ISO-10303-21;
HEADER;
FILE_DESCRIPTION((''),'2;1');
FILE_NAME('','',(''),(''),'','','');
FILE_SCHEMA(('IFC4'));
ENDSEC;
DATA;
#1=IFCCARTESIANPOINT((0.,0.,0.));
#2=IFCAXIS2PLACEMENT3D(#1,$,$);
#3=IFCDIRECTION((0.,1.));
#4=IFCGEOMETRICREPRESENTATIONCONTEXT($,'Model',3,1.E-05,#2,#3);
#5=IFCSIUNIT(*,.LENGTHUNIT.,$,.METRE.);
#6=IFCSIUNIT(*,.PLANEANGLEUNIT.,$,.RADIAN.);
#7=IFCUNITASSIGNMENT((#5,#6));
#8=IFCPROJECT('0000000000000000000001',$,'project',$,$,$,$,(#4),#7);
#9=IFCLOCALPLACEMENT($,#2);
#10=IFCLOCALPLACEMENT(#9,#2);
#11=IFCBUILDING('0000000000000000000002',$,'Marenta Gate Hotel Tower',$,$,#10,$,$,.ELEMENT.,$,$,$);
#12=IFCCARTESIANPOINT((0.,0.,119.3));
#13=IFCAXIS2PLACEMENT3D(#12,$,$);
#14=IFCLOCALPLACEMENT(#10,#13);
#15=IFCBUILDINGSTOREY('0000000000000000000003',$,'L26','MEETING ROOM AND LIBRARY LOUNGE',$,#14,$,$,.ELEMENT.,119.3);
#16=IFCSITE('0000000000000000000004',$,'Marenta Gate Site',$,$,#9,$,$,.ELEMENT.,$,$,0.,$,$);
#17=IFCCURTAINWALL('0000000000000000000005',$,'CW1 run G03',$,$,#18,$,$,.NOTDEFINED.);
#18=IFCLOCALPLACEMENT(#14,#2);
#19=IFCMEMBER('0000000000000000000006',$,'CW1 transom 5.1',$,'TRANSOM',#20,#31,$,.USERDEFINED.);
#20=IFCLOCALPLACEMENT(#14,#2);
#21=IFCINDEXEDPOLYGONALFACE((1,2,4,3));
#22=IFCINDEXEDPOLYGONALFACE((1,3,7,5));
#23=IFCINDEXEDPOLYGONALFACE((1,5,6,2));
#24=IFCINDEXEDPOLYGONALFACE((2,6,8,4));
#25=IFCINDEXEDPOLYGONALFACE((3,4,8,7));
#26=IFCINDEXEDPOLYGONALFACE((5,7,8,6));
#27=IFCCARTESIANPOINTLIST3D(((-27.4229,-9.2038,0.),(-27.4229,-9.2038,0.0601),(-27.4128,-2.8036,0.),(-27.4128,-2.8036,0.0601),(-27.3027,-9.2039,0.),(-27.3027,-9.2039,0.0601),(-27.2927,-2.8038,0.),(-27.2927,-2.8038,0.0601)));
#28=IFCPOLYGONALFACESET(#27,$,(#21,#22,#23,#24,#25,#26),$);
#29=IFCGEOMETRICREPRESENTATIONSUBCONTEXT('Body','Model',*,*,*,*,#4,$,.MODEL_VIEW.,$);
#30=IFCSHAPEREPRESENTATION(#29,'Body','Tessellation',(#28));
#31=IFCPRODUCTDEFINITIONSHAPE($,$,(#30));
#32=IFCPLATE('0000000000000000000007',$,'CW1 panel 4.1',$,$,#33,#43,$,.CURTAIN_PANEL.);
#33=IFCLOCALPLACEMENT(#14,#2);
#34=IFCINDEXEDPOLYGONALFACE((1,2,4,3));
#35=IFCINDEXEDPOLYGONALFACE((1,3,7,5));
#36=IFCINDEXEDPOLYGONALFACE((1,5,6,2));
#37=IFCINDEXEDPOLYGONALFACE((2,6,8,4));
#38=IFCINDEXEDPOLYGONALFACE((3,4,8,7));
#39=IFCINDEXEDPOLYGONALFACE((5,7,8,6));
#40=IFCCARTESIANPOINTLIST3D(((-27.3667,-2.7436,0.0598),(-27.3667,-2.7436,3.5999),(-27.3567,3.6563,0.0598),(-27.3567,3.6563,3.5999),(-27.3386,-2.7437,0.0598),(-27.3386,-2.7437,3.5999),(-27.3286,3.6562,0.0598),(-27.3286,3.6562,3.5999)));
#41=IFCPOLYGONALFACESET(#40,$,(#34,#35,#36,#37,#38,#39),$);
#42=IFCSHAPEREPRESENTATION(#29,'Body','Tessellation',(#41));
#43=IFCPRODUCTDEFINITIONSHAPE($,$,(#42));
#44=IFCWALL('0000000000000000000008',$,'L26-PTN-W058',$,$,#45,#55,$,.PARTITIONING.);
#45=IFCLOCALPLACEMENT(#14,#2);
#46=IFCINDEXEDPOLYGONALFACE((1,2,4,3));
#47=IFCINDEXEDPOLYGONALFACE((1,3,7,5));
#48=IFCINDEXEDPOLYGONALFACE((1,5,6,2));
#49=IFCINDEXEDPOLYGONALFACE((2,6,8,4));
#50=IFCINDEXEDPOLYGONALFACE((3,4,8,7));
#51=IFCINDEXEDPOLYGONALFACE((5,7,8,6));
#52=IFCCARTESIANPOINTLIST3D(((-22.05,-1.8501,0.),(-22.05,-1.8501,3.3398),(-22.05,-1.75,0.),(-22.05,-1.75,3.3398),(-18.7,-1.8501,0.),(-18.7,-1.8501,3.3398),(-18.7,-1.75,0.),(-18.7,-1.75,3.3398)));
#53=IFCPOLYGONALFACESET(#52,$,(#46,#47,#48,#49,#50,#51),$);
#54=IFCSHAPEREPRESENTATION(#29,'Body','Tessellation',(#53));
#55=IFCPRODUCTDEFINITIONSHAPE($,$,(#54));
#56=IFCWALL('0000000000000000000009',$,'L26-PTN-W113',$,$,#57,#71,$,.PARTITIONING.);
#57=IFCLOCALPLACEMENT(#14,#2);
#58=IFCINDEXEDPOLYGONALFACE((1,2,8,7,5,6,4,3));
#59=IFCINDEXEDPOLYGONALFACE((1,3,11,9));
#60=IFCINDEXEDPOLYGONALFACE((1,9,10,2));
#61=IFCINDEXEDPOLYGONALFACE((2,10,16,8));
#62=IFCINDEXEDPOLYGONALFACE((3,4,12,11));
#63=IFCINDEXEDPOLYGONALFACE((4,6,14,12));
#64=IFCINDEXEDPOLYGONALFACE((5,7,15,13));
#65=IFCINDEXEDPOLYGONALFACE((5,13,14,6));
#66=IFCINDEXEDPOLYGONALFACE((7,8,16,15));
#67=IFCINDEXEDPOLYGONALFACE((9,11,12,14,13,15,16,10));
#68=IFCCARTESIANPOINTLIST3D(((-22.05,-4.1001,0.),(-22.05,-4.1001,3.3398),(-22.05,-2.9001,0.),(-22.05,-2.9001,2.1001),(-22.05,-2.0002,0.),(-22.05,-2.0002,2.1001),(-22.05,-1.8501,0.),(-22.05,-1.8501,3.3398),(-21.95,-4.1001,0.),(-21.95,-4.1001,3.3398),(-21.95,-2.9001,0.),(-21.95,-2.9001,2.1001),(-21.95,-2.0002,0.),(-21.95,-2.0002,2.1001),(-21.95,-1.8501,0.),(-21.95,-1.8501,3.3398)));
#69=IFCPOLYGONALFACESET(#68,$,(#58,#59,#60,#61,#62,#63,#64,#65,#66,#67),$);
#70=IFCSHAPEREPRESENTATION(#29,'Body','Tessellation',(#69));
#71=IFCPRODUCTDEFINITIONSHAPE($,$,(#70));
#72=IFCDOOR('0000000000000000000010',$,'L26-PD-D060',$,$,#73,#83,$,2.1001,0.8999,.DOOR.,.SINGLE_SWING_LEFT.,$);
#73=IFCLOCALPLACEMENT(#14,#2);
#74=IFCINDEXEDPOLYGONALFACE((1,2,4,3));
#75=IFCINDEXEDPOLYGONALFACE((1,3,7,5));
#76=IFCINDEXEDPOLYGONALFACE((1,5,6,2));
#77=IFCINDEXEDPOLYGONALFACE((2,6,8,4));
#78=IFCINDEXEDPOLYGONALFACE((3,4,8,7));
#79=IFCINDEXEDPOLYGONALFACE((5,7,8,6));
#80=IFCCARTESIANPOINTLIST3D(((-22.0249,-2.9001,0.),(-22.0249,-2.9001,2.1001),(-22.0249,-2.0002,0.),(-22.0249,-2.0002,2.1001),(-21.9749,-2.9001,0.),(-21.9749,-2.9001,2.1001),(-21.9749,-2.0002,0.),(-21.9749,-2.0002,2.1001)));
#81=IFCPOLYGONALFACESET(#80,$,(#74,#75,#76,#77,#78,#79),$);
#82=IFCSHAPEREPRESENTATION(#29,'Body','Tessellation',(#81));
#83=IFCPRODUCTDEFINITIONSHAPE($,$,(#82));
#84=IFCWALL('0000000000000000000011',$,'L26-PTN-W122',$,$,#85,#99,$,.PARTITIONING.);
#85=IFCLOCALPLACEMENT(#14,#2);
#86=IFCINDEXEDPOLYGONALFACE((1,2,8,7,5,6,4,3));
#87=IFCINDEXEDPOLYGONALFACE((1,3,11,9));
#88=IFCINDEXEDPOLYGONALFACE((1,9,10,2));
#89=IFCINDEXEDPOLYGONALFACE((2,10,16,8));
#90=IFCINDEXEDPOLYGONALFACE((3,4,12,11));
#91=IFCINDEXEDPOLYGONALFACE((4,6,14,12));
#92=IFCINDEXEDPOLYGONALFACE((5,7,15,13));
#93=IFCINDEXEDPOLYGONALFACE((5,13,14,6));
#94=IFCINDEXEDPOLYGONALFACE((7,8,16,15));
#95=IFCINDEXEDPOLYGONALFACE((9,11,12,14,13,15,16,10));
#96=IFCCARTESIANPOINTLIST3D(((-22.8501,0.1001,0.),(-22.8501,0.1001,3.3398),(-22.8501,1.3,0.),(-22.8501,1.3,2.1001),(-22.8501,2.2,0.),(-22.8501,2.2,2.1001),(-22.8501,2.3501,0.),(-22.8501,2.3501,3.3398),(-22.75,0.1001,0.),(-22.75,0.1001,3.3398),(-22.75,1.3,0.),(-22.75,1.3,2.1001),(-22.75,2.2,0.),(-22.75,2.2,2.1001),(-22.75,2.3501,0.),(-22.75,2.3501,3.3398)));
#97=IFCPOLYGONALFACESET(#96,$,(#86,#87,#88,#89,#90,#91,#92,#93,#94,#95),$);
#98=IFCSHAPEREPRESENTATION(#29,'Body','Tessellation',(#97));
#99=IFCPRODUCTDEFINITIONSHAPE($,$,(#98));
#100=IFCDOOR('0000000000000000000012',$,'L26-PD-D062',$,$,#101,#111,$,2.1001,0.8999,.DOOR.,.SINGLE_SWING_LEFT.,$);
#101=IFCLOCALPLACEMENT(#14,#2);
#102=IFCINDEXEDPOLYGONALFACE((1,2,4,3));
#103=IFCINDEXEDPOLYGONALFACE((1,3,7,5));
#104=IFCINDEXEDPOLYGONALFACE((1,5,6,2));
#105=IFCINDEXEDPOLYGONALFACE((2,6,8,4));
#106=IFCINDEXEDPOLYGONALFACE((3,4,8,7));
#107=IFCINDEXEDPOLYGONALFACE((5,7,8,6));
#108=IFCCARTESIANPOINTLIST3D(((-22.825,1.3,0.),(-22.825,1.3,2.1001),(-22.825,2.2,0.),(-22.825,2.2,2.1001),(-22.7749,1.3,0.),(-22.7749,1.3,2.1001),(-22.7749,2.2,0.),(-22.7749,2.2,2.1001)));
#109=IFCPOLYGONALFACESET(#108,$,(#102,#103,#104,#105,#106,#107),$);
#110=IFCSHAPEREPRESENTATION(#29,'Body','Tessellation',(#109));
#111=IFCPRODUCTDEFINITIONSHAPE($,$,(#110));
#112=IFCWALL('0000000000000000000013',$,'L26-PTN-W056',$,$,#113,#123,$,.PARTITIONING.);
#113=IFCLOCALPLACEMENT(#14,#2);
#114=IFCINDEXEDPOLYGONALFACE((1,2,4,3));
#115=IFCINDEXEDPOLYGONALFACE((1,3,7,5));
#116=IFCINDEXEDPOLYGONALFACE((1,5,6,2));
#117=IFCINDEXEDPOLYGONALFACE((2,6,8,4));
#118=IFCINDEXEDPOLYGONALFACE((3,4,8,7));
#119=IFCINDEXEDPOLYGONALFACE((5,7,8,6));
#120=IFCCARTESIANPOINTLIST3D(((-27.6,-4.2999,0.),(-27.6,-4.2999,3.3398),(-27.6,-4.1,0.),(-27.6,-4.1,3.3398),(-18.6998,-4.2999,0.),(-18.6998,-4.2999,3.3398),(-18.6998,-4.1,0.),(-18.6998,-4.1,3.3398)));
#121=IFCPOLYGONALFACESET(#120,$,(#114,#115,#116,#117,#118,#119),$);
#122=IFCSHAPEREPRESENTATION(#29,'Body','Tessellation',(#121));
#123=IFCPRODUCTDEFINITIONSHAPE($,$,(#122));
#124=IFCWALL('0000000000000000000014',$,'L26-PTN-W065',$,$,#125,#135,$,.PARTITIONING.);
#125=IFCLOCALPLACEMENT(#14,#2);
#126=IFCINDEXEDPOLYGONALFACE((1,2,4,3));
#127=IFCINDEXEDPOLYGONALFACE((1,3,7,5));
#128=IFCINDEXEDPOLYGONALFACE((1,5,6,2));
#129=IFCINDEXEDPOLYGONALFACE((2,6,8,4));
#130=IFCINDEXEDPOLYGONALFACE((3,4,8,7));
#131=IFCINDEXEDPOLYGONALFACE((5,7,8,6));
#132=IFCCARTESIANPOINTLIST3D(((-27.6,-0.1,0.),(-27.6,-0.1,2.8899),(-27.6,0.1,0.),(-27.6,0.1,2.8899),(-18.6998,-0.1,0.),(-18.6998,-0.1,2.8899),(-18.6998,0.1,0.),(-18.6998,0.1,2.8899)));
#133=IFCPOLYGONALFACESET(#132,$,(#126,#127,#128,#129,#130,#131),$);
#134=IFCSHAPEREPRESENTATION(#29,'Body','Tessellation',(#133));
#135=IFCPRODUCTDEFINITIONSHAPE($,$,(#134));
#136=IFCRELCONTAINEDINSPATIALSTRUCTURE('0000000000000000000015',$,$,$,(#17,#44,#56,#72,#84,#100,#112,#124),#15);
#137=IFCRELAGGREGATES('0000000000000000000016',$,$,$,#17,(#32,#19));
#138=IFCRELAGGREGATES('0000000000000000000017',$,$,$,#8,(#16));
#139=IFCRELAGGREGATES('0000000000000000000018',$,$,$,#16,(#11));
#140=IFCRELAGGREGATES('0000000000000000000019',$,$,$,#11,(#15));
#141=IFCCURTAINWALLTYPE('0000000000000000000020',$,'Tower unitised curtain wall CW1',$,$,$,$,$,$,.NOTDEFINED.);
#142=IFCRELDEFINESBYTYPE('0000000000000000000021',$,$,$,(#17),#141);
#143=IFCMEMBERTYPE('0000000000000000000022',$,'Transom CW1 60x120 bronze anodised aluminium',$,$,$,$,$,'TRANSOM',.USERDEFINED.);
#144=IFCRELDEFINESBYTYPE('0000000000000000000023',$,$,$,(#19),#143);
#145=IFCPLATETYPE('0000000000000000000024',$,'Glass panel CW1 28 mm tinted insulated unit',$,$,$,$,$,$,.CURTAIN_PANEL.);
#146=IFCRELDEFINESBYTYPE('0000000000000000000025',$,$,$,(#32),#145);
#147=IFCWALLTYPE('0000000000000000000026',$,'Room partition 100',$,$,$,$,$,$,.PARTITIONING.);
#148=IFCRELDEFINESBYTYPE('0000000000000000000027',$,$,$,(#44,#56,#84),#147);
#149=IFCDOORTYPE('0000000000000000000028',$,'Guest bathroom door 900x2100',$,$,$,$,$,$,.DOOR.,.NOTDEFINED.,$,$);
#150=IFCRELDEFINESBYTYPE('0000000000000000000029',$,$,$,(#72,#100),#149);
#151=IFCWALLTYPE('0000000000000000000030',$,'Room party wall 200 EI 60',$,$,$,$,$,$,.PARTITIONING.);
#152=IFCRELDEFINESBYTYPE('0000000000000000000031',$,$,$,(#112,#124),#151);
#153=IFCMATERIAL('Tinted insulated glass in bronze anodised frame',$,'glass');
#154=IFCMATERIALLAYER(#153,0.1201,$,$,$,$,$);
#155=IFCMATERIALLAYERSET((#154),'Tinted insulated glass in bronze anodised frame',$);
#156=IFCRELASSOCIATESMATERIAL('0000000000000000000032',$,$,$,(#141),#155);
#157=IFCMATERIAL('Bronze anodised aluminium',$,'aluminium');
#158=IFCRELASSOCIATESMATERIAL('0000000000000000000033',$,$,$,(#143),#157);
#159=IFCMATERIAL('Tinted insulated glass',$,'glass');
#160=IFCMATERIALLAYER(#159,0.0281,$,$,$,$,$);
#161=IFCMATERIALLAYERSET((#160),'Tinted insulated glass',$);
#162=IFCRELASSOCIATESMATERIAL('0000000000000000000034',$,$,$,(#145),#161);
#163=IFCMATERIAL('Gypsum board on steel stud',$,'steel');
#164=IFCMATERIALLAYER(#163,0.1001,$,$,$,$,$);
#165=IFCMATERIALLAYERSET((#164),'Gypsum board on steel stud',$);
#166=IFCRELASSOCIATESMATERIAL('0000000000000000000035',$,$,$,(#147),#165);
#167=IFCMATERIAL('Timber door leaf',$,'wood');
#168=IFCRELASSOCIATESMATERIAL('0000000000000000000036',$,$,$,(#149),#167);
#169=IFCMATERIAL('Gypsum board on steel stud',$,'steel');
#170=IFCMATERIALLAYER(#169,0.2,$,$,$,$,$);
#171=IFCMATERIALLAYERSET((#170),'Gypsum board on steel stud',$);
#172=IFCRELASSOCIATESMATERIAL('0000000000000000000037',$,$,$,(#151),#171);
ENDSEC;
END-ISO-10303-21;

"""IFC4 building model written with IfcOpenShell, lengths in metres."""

from ifc_helpers import new_model, si_unit, direction, frame, frame_2d, origin, origin_2d, place, context, subcontext, project, spatial, rectangle, extrude, material, layer, layer_set, material_profile, profile_set, type_object, element, fill, aggregate, save


model = new_model("IFC4")

# Units and contexts
model_context = context("Model", 3, precision=1e-05, world=origin(), true_north=direction((0.0, 1.0)))
body_context = subcontext(model_context, "Body", "Model", "MODEL_VIEW")
ifc_project = project(units=[si_unit("LENGTHUNIT", "METRE"), si_unit("PLANEANGLEUNIT", "RADIAN")], contexts=[model_context])

# Site, building, storey
site_placement = place(None, origin())
site = spatial("IfcSite", under=ifc_project, at=site_placement, Name="Marenta Gate Site", CompositionType="ELEMENT", RefElevation=0.0)
building_placement = place(site_placement, origin())
building = spatial("IfcBuilding", under=site, at=building_placement, Name="Marenta Gate Hotel Tower", CompositionType="ELEMENT")
storey_placement = place(building_placement, frame((0.0, 0.0, 119.3)))
storey = spatial("IfcBuildingStorey", under=building, at=storey_placement, Name="L26", Description="MEETING ROOM AND LIBRARY LOUNGE", CompositionType="ELEMENT", Elevation=119.3)

# Curtain wall, member, plate
ifc_material_1 = material(Name="Tinted insulated glass in bronze anodised frame", Category="glass")
ifc_layer_1 = layer(ifc_material_1, 0.1201)
ifc_layer_set_1 = layer_set([ifc_layer_1], Name="Tinted insulated glass in bronze anodised frame")
curtain_wall_type = type_object("IfcCurtainWallType", Name="Tower unitised curtain wall CW1", PredefinedType="NOTDEFINED", material=ifc_layer_set_1)
curtain_wall_placement = place(storey_placement, origin())
curtain_wall = element("IfcCurtainWall", 1, at=curtain_wall_placement, inside=storey, type_object=curtain_wall_type, Name="CW1 run G03", PredefinedType="NOTDEFINED")
ifc_material_2 = material(Name="Bronze anodised aluminium", Category="aluminium")
ifc_material_profile_1 = material_profile(ifc_material_2, rectangle(XDim=0.1201, YDim=0.0601, at=origin_2d()), Name="Transom CW1 60x120 bronze anodised aluminium")
ifc_profile_set_1 = profile_set([ifc_material_profile_1], Name="Bronze anodised aluminium")
member_type_1 = type_object("IfcMemberType", Name="Transom CW1 60x120 bronze anodised aluminium", ElementType="TRANSOM", PredefinedType="USERDEFINED", material=ifc_profile_set_1)
member_1_placement = place(storey_placement, frame((-27.3528, -2.8037, 0.03), z_axis=(-0.001564, -0.999999, 0.0), x_axis=(0.999999, -0.001564, 0.0)))
member_1 = element("IfcMember", 2, at=member_1_placement, type_object=member_type_1, Name="CW1 transom 5.1", ObjectType="TRANSOM", PredefinedType="USERDEFINED", context=body_context, shape_type="SweptSolid", body=[
    extrude(rectangle(XDim=0.1201, YDim=0.0601, at=origin_2d()), origin(), (0.0, 0.0, 1.0), 6.4001),
])
ifc_material_3 = material(Name="Tinted insulated glass", Category="glass")
ifc_layer_2 = layer(ifc_material_3, 0.0281)
ifc_layer_set_2 = layer_set([ifc_layer_2], Name="Tinted insulated glass")
plate_type = type_object("IfcPlateType", Name="Glass panel CW1 28 mm tinted insulated unit", PredefinedType="CURTAIN_PANEL", material=ifc_layer_set_2)
plate_placement = place(storey_placement, frame((-27.3477, 0.4563, 0.0598), z_axis=(0.0, 0.0, 1.0), x_axis=(-0.001566, -0.999999, 0.0)))
plate = element("IfcPlate", 3, at=plate_placement, type_object=plate_type, Name="CW1 panel 4.1", PredefinedType="CURTAIN_PANEL", context=body_context, shape_type="SweptSolid", body=[
    extrude(rectangle(XDim=6.3999, YDim=0.0281, at=origin_2d()), origin(), (0.0, 0.0, 1.0), 3.54),
])
aggregate(curtain_wall, [plate, member_1])

# Wall
ifc_material_4 = material(Name="Gypsum board on steel stud", Category="steel")
ifc_layer_3 = layer(ifc_material_4, 0.1001)
ifc_layer_set_3 = layer_set([ifc_layer_3], Name="Gypsum board on steel stud")
wall_type_1 = type_object("IfcWallType", Name="Room partition 100", PredefinedType="PARTITIONING", material=ifc_layer_set_3)
wall_1_placement = place(storey_placement, frame((-22.05, -1.8, 0.0), z_axis=(0.0, 0.0, 1.0), x_axis=(1.0, 0.0, 0.0)))
element("IfcWall", 4, at=wall_1_placement, inside=storey, type_object=wall_type_1, Name="L26-PTN-W058", PredefinedType="PARTITIONING", context=body_context, shape_type="SweptSolid", body=[
    extrude(rectangle(XDim=3.3501, YDim=0.1001, at=frame_2d((1.675, 0.0))), origin(), (0.0, 0.0, 1.0), 3.3398),
])

# Walls, openings, doors
wall_2_placement = place(storey_placement, frame((-22.0, -4.1001, 0.0), z_axis=(0.0, 0.0, 1.0), x_axis=(0.0, 1.0, 0.0)))
wall_2 = element("IfcWall", 5, at=wall_2_placement, inside=storey, type_object=wall_type_1, Name="L26-PTN-W113", PredefinedType="PARTITIONING", context=body_context, shape_type="SweptSolid", body=[
    extrude(rectangle(XDim=2.25, YDim=0.1001, at=frame_2d((1.125, 0.0))), origin(), (0.0, 0.0, 1.0), 3.3398),
])
opening_1_placement = place(wall_2_placement, frame((1.2, 0.0, 0.0)))
opening_1 = element("IfcOpeningElement", 6, at=opening_1_placement, cuts=wall_2, PredefinedType="OPENING", context=body_context, shape_type="SweptSolid", body=[
    extrude(rectangle(XDim=0.8999, YDim=2.1001, at=frame_2d((0.45, 1.05))), frame((0.0, 0.05, 0.0), z_axis=(0.0, -1.0, 0.0), x_axis=(1.0, 0.0, 0.0)), (0.0, 0.0, 1.0), 0.1001),
])
ifc_material_5 = material(Name="Timber door leaf", Category="wood")
door_type_1 = type_object("IfcDoorType", Name="Guest bathroom door 900x2100", OperationType="NOTDEFINED", PredefinedType="DOOR", material=ifc_material_5)
door_1_placement = place(opening_1_placement, origin())
door_1 = element("IfcDoor", 7, at=door_1_placement, inside=storey, type_object=door_type_1, Name="L26-PD-D060", OperationType="SINGLE_SWING_LEFT", OverallHeight=2.1001, OverallWidth=0.8999, PredefinedType="DOOR", context=body_context, shape_type="SweptSolid", body=[
    extrude(rectangle(XDim=0.8999, YDim=2.1001, at=frame_2d((0.45, 1.05))), frame((0.0, 0.0249, 0.0), z_axis=(0.0, -1.0, 0.0), x_axis=(1.0, 0.0, 0.0)), (0.0, 0.0, 1.0), 0.05),
])
fill(opening_1, door_1)
wall_3_placement = place(storey_placement, frame((-22.8, 0.1001, 0.0), z_axis=(0.0, 0.0, 1.0), x_axis=(0.0, 1.0, 0.0)))
wall_3 = element("IfcWall", 8, at=wall_3_placement, inside=storey, type_object=wall_type_1, Name="L26-PTN-W122", PredefinedType="PARTITIONING", context=body_context, shape_type="SweptSolid", body=[
    extrude(rectangle(XDim=2.25, YDim=0.1001, at=frame_2d((1.125, 0.0))), origin(), (0.0, 0.0, 1.0), 3.3398),
])
opening_2_placement = place(wall_3_placement, frame((1.2, 0.0, 0.0)))
opening_2 = element("IfcOpeningElement", 9, at=opening_2_placement, cuts=wall_3, PredefinedType="OPENING", context=body_context, shape_type="SweptSolid", body=[
    extrude(rectangle(XDim=0.8999, YDim=2.1001, at=frame_2d((0.45, 1.05))), frame((0.0, 0.05, 0.0), z_axis=(0.0, -1.0, 0.0), x_axis=(1.0, 0.0, 0.0)), (0.0, 0.0, 1.0), 0.1001),
])
door_2_placement = place(opening_2_placement, origin())
door_2 = element("IfcDoor", 10, at=door_2_placement, inside=storey, type_object=door_type_1, Name="L26-PD-D062", OperationType="SINGLE_SWING_LEFT", OverallHeight=2.1001, OverallWidth=0.8999, PredefinedType="DOOR", context=body_context, shape_type="SweptSolid", body=[
    extrude(rectangle(XDim=0.8999, YDim=2.1001, at=frame_2d((0.45, 1.05))), frame((0.0, 0.0249, 0.0), z_axis=(0.0, -1.0, 0.0), x_axis=(1.0, 0.0, 0.0)), (0.0, 0.0, 1.0), 0.05),
])
fill(opening_2, door_2)

# Walls
ifc_material_6 = material(Name="Gypsum board on steel stud", Category="steel")
ifc_layer_4 = layer(ifc_material_6, 0.2)
ifc_layer_set_4 = layer_set([ifc_layer_4], Name="Gypsum board on steel stud")
wall_type_2 = type_object("IfcWallType", Name="Room party wall 200 EI 60", PredefinedType="PARTITIONING", material=ifc_layer_set_4)
wall_4_placement = place(storey_placement, frame((-27.6001, -4.2, 0.0), z_axis=(0.0, 0.0, 1.0), x_axis=(1.0, 0.0, 0.0)))
element("IfcWall", 11, at=wall_4_placement, inside=storey, type_object=wall_type_2, Name="L26-PTN-W056", PredefinedType="PARTITIONING", context=body_context, shape_type="SweptSolid", body=[
    extrude(rectangle(XDim=8.9001, YDim=0.2, at=frame_2d((4.4502, 0.0))), origin(), (0.0, 0.0, 1.0), 3.3398),
])
wall_5_placement = place(storey_placement, frame((-27.6001, 0.0, 0.0), z_axis=(0.0, 0.0, 1.0), x_axis=(1.0, 0.0, 0.0)))
element("IfcWall", 12, at=wall_5_placement, inside=storey, type_object=wall_type_2, Name="L26-PTN-W065", PredefinedType="PARTITIONING", context=body_context, shape_type="SweptSolid", body=[
    extrude(rectangle(XDim=8.9001, YDim=0.2, at=frame_2d((4.4502, 0.0))), origin(), (0.0, 0.0, 1.0), 2.8899),
])

save(model, "model.ifc")
